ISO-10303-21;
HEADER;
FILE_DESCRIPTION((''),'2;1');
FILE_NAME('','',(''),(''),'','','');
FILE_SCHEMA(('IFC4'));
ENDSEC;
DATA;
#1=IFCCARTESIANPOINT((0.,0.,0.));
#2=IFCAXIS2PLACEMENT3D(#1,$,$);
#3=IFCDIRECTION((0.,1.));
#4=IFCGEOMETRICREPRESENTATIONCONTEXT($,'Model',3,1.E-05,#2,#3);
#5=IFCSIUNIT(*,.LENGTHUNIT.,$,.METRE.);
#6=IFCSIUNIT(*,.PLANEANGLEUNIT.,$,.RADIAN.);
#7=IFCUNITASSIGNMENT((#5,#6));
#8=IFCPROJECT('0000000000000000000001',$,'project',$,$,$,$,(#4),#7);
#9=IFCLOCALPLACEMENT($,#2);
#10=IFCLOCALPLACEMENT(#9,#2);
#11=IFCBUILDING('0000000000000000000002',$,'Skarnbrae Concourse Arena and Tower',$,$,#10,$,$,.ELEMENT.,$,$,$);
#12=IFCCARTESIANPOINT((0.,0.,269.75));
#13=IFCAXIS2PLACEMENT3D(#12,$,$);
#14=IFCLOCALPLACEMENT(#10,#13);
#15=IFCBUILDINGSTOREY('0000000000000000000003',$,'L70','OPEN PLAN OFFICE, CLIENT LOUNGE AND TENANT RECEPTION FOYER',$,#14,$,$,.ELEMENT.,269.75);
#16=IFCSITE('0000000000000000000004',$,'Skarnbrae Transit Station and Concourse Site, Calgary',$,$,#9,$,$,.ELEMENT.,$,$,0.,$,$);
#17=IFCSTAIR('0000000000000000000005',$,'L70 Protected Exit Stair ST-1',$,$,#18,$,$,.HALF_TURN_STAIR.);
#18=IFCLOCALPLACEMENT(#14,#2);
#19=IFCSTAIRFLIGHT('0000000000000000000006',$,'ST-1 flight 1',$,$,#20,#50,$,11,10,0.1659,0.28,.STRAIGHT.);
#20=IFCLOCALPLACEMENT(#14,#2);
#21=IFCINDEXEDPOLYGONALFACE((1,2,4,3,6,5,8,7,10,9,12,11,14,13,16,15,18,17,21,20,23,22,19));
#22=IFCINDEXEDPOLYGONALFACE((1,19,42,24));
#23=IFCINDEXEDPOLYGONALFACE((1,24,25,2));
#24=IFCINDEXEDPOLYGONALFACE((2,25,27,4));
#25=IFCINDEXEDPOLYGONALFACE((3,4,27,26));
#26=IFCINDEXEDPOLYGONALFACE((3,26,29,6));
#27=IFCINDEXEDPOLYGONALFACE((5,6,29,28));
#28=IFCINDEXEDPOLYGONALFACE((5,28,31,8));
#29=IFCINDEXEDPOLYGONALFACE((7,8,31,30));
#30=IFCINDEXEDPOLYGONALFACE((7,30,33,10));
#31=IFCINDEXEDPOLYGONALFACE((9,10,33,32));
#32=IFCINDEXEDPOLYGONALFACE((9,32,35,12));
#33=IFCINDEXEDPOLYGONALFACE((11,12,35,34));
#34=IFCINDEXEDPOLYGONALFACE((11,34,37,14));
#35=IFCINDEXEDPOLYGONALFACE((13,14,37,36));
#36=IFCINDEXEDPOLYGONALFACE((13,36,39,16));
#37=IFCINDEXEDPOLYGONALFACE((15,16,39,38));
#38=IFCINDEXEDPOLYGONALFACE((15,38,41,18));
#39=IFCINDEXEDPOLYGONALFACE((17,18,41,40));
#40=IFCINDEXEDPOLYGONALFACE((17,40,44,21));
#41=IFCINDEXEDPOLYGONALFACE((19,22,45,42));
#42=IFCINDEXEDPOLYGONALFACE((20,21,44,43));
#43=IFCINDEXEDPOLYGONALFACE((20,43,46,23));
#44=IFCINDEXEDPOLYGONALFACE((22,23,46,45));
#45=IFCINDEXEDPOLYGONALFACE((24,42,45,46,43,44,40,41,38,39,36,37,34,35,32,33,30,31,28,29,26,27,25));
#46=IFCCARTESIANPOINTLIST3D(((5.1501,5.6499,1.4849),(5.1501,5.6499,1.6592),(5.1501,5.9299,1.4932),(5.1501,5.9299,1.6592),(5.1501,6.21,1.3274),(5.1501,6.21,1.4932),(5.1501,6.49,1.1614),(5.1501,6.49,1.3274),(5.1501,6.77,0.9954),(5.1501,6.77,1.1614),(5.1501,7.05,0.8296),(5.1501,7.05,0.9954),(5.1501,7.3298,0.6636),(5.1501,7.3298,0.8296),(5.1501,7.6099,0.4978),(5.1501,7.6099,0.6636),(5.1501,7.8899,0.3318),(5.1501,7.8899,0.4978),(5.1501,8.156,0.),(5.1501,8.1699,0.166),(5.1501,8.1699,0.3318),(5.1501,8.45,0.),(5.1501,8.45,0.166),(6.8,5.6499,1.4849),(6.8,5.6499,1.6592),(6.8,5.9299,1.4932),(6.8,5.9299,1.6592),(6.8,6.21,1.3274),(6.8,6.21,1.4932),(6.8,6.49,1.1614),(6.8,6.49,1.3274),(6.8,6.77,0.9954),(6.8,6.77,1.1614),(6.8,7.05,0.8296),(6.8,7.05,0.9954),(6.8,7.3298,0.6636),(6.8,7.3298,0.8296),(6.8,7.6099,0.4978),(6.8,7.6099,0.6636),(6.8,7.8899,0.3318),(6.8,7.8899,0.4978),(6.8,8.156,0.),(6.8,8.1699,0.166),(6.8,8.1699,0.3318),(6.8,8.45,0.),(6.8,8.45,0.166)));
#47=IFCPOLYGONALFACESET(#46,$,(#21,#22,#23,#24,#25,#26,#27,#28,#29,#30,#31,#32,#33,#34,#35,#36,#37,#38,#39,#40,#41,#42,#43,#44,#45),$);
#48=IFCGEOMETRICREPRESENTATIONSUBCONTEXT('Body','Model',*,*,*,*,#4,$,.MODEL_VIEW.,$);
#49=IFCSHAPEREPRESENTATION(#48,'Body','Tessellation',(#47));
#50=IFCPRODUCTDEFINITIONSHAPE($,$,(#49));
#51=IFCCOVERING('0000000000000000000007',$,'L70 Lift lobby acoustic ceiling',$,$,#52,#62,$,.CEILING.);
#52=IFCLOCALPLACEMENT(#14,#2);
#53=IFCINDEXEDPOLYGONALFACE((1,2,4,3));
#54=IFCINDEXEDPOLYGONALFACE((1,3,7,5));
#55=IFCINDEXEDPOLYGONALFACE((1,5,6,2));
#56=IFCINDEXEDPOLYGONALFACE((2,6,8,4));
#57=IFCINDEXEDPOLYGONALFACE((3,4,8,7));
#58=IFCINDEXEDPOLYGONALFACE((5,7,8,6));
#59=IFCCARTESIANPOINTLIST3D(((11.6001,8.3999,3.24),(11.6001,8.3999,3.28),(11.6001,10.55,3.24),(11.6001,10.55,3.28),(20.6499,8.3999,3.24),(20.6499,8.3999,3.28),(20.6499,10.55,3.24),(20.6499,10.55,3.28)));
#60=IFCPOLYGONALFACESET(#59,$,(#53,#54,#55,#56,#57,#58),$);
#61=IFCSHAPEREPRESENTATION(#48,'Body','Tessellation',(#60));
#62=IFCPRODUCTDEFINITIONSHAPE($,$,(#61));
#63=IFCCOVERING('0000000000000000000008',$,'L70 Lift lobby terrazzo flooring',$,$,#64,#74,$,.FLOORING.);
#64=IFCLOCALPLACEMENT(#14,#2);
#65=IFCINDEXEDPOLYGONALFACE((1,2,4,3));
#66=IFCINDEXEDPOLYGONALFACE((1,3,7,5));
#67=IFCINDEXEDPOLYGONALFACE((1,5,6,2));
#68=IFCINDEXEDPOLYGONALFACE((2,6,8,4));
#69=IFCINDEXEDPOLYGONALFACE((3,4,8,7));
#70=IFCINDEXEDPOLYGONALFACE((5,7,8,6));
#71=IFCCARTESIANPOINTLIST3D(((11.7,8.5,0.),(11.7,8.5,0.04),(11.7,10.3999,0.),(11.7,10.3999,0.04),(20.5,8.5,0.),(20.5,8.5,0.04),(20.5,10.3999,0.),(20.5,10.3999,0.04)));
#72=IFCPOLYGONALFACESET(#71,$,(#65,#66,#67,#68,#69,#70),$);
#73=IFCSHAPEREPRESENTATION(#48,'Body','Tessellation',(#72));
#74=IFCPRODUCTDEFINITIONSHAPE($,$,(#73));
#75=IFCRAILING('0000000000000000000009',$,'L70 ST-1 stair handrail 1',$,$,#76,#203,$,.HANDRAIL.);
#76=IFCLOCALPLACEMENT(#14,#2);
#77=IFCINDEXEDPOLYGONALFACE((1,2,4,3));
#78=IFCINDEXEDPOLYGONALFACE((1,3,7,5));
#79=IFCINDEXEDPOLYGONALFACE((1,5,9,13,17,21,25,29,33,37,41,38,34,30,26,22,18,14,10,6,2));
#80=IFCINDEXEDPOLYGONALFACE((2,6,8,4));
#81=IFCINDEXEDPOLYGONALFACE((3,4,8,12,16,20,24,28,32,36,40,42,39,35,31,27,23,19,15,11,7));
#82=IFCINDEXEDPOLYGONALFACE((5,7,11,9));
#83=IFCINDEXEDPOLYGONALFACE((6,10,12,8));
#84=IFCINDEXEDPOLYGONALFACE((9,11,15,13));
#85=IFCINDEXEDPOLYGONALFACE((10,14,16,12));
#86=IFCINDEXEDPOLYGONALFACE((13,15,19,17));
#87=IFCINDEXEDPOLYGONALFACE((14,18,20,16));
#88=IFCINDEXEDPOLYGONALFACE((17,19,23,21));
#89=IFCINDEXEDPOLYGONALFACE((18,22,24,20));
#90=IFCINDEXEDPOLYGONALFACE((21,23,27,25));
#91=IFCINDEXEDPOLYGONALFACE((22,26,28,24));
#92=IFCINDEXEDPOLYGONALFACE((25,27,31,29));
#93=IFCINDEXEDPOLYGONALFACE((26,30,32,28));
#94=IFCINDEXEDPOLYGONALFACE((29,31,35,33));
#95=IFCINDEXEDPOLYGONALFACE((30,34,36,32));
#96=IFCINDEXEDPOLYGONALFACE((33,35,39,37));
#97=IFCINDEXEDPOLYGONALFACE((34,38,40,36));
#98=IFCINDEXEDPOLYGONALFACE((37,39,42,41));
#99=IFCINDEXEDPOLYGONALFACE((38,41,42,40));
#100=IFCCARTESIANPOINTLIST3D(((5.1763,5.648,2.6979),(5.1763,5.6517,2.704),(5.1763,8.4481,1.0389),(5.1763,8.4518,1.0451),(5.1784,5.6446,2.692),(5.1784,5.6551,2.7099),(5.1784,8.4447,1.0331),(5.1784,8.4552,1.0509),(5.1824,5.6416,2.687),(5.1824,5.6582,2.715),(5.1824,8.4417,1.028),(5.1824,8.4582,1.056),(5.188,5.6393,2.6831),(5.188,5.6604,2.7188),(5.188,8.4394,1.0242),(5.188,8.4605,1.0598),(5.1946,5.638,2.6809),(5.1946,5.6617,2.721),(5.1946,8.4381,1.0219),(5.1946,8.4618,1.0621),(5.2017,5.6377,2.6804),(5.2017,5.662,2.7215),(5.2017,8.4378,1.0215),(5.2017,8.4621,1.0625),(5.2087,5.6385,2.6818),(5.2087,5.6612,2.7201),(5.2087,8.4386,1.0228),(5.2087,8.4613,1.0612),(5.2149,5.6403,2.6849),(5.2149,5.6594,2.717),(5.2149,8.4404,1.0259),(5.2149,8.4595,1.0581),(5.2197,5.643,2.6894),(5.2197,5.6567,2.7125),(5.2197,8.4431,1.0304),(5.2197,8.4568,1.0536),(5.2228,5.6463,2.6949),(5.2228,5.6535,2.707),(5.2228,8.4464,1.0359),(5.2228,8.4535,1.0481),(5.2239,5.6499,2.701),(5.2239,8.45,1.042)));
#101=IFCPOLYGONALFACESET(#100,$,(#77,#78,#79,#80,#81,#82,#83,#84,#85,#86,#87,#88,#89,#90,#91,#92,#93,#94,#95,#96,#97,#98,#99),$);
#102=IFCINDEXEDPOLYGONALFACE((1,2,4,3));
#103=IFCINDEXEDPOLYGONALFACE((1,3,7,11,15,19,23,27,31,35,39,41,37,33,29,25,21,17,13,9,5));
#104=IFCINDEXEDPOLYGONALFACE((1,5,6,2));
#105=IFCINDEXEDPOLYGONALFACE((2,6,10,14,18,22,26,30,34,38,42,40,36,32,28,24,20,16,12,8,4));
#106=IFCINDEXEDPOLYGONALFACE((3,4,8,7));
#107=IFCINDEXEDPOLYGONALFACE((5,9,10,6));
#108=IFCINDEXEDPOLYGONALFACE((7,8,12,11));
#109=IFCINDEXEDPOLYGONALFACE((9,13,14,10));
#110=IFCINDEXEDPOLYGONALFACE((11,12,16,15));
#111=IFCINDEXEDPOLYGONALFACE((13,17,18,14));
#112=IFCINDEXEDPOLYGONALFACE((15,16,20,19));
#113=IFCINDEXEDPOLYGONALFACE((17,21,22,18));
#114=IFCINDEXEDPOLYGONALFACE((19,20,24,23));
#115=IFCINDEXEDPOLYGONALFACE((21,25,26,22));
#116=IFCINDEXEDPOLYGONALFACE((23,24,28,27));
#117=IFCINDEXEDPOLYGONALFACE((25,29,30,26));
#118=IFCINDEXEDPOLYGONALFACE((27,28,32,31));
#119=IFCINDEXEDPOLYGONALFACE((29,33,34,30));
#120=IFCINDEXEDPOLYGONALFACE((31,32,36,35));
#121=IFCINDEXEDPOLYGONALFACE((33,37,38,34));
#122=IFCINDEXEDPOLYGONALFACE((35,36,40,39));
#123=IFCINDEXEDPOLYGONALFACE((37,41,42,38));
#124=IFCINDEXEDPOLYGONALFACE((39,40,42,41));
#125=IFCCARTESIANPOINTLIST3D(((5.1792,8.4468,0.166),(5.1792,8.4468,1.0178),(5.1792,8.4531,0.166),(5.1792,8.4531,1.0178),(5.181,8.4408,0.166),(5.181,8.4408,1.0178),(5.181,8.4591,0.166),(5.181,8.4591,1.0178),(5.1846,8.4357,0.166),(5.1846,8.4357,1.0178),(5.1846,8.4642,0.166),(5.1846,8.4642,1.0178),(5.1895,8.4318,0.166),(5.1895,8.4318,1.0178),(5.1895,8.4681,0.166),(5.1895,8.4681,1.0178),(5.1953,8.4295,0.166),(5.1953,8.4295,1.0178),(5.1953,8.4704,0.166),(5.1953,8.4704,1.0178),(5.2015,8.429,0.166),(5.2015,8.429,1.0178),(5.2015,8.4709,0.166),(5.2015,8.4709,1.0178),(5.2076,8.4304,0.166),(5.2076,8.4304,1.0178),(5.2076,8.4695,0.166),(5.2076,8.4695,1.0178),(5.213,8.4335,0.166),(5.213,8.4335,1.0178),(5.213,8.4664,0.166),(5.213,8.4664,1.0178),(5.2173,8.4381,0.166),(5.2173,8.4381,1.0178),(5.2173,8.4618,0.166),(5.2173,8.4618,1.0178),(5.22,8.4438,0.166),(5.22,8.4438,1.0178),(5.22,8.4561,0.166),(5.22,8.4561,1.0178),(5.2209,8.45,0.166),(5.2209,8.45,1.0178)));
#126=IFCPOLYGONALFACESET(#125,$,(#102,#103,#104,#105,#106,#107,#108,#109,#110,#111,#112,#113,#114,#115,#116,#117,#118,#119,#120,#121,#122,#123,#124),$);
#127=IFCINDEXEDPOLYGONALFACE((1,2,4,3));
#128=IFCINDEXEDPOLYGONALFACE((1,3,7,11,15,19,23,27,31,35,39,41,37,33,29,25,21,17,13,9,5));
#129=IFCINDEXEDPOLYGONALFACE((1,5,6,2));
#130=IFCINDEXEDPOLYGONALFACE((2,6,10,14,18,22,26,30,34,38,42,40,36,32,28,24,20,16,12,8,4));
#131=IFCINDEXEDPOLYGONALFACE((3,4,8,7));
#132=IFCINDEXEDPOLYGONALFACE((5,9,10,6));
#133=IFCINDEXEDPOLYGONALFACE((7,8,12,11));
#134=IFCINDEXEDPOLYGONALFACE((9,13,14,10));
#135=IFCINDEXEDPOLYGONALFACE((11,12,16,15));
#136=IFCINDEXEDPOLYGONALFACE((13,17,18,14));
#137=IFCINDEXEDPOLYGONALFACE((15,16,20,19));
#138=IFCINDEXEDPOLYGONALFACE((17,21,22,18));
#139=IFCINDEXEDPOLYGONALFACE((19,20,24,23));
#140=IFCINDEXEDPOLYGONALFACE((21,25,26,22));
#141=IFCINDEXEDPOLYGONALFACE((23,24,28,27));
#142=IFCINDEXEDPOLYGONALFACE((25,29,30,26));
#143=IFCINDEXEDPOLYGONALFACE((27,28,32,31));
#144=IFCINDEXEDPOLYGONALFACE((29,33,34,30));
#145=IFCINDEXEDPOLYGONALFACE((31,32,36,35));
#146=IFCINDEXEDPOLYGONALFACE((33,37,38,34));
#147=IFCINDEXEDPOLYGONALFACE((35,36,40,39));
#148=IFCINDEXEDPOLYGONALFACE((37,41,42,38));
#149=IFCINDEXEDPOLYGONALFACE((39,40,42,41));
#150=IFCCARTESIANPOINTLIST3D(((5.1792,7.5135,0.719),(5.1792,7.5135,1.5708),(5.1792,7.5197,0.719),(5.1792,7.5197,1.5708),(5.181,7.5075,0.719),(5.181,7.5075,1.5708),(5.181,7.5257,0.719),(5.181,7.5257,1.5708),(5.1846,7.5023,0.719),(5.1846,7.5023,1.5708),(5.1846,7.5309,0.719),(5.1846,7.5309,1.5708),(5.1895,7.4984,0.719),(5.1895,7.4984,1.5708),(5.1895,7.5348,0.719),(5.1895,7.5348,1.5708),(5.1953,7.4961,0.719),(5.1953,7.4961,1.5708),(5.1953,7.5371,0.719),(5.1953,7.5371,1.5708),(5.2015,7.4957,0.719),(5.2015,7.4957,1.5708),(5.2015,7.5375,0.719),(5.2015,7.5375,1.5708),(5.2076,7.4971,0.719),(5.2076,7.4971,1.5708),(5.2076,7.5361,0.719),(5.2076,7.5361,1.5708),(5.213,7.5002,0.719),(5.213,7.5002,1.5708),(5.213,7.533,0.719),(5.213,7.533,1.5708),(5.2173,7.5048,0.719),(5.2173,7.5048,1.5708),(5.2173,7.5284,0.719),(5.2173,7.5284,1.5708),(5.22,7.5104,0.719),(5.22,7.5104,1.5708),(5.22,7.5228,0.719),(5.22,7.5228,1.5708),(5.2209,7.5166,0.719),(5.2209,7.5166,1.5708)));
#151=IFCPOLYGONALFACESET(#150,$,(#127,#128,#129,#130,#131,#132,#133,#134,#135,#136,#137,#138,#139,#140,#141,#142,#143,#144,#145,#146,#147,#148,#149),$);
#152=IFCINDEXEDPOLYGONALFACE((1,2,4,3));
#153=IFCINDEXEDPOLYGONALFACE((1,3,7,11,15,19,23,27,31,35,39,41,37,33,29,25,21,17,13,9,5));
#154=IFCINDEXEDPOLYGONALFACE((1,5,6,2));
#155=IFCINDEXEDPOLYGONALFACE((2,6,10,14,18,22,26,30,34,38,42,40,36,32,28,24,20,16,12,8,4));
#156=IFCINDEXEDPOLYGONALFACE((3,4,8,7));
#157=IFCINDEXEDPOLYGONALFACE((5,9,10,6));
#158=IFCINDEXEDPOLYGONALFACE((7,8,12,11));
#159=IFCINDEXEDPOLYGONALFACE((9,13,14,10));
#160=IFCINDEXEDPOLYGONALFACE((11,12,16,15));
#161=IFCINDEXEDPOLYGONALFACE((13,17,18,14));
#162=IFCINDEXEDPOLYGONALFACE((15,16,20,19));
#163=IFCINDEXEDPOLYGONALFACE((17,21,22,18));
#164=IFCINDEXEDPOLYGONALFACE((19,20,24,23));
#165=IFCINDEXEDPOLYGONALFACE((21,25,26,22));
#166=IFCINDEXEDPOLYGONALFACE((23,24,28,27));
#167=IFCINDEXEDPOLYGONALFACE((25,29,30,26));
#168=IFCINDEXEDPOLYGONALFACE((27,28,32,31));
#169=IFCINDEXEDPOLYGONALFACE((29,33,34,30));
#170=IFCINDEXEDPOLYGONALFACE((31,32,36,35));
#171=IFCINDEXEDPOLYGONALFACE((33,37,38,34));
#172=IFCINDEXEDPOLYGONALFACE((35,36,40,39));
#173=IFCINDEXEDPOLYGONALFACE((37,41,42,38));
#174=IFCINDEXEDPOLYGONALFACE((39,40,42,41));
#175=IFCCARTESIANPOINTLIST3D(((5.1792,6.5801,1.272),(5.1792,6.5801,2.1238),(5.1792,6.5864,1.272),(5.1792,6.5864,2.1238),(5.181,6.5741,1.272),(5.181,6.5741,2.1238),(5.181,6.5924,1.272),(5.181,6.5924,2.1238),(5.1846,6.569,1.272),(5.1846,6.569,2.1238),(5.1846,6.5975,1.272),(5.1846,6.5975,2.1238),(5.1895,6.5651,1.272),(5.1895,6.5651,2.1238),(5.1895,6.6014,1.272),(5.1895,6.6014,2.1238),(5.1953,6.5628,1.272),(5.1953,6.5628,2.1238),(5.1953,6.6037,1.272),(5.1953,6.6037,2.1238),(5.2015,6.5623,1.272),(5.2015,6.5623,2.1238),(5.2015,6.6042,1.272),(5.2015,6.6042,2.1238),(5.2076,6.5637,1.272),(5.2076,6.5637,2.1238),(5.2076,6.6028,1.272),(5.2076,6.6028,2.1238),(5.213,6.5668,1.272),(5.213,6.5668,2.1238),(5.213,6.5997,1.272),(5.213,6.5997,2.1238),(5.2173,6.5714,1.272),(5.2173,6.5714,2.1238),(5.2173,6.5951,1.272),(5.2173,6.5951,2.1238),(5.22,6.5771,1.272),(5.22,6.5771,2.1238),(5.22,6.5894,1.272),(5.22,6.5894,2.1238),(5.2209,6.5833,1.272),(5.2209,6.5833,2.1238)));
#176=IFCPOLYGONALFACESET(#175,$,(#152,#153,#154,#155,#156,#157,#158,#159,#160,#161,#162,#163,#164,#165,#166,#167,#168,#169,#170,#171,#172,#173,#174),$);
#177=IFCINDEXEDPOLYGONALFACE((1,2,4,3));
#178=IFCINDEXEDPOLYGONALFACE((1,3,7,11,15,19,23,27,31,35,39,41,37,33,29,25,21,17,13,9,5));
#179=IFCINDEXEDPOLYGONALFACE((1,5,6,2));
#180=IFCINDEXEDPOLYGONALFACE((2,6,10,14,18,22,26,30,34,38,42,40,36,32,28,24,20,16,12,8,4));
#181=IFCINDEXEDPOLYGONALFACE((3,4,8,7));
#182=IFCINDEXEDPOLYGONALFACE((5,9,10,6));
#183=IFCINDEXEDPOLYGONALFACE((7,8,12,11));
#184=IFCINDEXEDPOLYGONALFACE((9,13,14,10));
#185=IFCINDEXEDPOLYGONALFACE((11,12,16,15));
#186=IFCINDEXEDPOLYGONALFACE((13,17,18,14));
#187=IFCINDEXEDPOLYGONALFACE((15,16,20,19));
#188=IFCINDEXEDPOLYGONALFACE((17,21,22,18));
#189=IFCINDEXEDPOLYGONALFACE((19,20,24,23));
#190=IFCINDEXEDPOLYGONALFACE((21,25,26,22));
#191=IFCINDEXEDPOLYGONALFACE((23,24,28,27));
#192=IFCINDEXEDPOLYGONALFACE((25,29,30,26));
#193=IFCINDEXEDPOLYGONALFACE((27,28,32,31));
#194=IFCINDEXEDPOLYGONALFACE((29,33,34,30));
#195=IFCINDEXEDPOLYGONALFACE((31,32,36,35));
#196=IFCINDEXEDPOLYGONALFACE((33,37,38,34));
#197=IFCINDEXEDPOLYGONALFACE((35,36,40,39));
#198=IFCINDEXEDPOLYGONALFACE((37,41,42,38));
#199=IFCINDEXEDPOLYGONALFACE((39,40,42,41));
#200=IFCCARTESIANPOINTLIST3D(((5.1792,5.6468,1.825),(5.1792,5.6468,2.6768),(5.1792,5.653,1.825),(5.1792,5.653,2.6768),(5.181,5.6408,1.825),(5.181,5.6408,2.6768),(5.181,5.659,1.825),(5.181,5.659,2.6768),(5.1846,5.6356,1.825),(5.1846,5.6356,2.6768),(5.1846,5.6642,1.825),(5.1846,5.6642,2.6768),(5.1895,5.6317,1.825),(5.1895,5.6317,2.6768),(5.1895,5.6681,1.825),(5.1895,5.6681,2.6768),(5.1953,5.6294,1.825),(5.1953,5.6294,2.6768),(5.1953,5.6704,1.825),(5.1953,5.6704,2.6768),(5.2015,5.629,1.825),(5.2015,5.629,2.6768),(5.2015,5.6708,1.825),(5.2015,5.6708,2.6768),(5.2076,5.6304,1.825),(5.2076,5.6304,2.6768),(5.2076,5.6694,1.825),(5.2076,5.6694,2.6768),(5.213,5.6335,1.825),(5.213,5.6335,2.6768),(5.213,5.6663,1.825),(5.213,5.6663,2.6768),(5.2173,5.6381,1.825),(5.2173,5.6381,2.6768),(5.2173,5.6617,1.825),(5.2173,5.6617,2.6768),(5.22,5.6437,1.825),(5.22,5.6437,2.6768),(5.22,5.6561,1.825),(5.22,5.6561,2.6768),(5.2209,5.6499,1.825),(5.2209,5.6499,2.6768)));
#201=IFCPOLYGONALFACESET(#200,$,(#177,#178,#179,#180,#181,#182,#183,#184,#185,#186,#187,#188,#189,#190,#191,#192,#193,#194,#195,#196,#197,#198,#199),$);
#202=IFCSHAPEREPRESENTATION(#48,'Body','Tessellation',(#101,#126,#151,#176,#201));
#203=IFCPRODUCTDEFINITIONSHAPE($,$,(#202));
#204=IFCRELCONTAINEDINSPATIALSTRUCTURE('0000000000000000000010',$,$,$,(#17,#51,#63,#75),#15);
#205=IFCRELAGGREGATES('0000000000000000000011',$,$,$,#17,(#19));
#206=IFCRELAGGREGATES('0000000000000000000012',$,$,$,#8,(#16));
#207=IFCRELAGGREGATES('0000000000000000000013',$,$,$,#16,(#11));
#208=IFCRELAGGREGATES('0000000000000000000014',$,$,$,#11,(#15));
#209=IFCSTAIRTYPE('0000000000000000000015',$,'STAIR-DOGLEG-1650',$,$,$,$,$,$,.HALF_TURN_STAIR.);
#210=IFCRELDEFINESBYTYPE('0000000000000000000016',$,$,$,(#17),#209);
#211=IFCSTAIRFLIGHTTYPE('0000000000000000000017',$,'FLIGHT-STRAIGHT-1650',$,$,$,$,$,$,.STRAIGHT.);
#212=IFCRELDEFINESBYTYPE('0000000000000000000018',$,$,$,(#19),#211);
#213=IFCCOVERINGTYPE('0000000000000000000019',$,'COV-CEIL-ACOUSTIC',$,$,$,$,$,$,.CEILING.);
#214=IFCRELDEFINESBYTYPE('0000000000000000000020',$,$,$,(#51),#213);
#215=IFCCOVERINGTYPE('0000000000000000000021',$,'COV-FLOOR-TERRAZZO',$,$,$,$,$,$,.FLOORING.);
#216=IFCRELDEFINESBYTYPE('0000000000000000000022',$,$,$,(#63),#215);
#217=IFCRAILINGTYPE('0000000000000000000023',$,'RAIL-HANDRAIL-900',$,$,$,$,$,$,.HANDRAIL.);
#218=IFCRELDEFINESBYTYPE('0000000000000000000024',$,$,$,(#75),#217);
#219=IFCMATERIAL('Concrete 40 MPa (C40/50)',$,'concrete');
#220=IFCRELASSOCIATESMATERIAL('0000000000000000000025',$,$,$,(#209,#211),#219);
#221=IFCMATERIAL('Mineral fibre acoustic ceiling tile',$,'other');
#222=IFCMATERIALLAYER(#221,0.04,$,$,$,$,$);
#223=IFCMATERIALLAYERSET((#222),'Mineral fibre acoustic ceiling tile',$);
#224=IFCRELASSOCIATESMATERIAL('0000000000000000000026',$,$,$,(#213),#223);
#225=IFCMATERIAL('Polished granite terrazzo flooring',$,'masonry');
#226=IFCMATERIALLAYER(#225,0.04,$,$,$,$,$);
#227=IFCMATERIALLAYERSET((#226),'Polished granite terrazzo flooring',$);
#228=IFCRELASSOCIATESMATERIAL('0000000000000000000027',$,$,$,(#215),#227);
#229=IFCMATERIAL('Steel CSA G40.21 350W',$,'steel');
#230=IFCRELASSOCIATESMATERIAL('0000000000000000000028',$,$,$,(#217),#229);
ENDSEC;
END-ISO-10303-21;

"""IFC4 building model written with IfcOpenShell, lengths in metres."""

from ifc_helpers import new_model, si_unit, direction, frame, origin, origin_2d, place, context, subcontext, project, spatial, polyline, circle, outline, extrude, source, transform, mapped, material, layer, layer_set, type_object, element, aggregate, save


model = new_model("IFC4")

# Units and contexts
model_context = context("Model", 3, precision=1e-05, world=origin(), true_north=direction((0.0, 1.0)))
body_context = subcontext(model_context, "Body", "Model", "MODEL_VIEW")
ifc_project = project(units=[si_unit("LENGTHUNIT", "METRE"), si_unit("PLANEANGLEUNIT", "RADIAN")], contexts=[model_context])

# Site, building, storey
site_placement = place(None, origin())
site = spatial("IfcSite", under=ifc_project, at=site_placement, Name="Skarnbrae Transit Station and Concourse Site, Calgary", CompositionType="ELEMENT", RefElevation=0.0)
building_placement = place(site_placement, origin())
building = spatial("IfcBuilding", under=site, at=building_placement, Name="Skarnbrae Concourse Arena and Tower", CompositionType="ELEMENT")
storey_placement = place(building_placement, frame((0.0, 0.0, 269.75)))
storey = spatial("IfcBuildingStorey", under=building, at=storey_placement, Name="L70", Description="OPEN PLAN OFFICE, CLIENT LOUNGE AND TENANT RECEPTION FOYER", CompositionType="ELEMENT", Elevation=269.75)

# Shared definitions
ifc_material_1 = material(Name="Steel CSA G40.21 350W", Category="steel")

# Stair
ifc_material_2 = material(Name="Concrete 40 MPa (C40/50)", Category="concrete")
stair_type = type_object("IfcStairType", Name="STAIR-DOGLEG-1650", PredefinedType="HALF_TURN_STAIR", material=ifc_material_2)
stair_1_placement = place(storey_placement, origin())
stair_1 = element("IfcStair", 1, at=stair_1_placement, inside=storey, type_object=stair_type, Name="L70 Protected Exit Stair ST-1", PredefinedType="HALF_TURN_STAIR")

# Stair flight
stair_flight_type = type_object("IfcStairFlightType", Name="FLIGHT-STRAIGHT-1650", PredefinedType="STRAIGHT", material=ifc_material_2)
shared_shape_1 = source(origin(), body_context, "Body", "SweptSolid", [
    extrude(outline(polyline([(0.0, 0.0), (0.0, 0.166), (0.28, 0.166), (0.28, 0.3318), (0.5601, 0.3318), (0.5601, 0.4978), (0.8401, 0.4978), (0.8401, 0.6636), (1.1201, 0.6636), (1.1201, 0.8296), (1.3999, 0.8296), (1.3999, 0.9954), (1.6799, 0.9954), (1.6799, 1.1614), (1.96, 1.1614), (1.96, 1.3274), (2.24, 1.3274), (2.24, 1.4932), (2.52, 1.4932), (2.52, 1.6592), (2.8, 1.6592), (2.8, 1.825), (2.8, 1.4849), (0.2939, 0.0), (0.0, 0.0)])), frame((0.0, 0.825, 0.0), z_axis=(0.0, -1.0, 0.0), x_axis=(1.0, 0.0, 0.0)), (0.0, 0.0, 1.0), 1.6499),
])
stair_flight_placement = place(storey_placement, frame((5.9751, 8.45, 0.0), z_axis=(0.0, 0.0, 1.0), x_axis=(0.0, -1.0, 0.0)))
stair_flight = element("IfcStairFlight", 2, at=stair_flight_placement, type_object=stair_flight_type, Name="ST-1 flight 1", NumberOfRisers=11, NumberOfTreads=10, PredefinedType="STRAIGHT", RiserHeight=0.1659, TreadLength=0.28, context=body_context, shape_type="MappedRepresentation", body=[
    mapped(shared_shape_1, transform((0.0, 0.0, 0.0))),
])
aggregate(stair_1, [stair_flight])

# Coverings
ifc_material_3 = material(Name="Mineral fibre acoustic ceiling tile", Category="other")
ifc_layer_1 = layer(ifc_material_3, 0.04)
ifc_layer_set_1 = layer_set([ifc_layer_1], Name="Mineral fibre acoustic ceiling tile")
covering_type_1 = type_object("IfcCoveringType", Name="COV-CEIL-ACOUSTIC", PredefinedType="CEILING", material=ifc_layer_set_1)
covering_1_placement = place(storey_placement, frame((0.0, 0.0, 3.24)))
element("IfcCovering", 3, at=covering_1_placement, inside=storey, type_object=covering_type_1, Name="L70 Lift lobby acoustic ceiling", PredefinedType="CEILING", context=body_context, shape_type="SweptSolid", body=[
    extrude(outline(polyline([(11.6001, 8.3999), (20.6499, 8.3999), (20.6499, 10.55), (11.6001, 10.55), (11.6001, 8.3999)])), origin(), (0.0, 0.0, 1.0), 0.04),
])
ifc_material_4 = material(Name="Polished granite terrazzo flooring", Category="masonry")
ifc_layer_2 = layer(ifc_material_4, 0.04)
ifc_layer_set_2 = layer_set([ifc_layer_2], Name="Polished granite terrazzo flooring")
covering_type_2 = type_object("IfcCoveringType", Name="COV-FLOOR-TERRAZZO", PredefinedType="FLOORING", material=ifc_layer_set_2)
covering_2_placement = place(storey_placement, origin())
element("IfcCovering", 4, at=covering_2_placement, inside=storey, type_object=covering_type_2, Name="L70 Lift lobby terrazzo flooring", PredefinedType="FLOORING", context=body_context, shape_type="SweptSolid", body=[
    extrude(outline(polyline([(11.7, 8.5), (20.5, 8.5), (20.5, 10.3999), (11.7, 10.3999), (11.7, 8.5)])), origin(), (0.0, 0.0, 1.0), 0.04),
])

# Railing
railing_type = type_object("IfcRailingType", Name="RAIL-HANDRAIL-900", PredefinedType="HANDRAIL", material=ifc_material_1)
railing_placement = place(storey_placement, frame((5.2, 8.45, 0.166)))
element("IfcRailing", 5, at=railing_placement, inside=storey, type_object=railing_type, Name="L70 ST-1 stair handrail 1", PredefinedType="HANDRAIL", context=body_context, shape_type="SweptSolid", body=[
    extrude(circle(Radius=0.0239, at=origin_2d()), frame((0.0, 0.0, 0.876), z_axis=(0.0, -0.860339, 0.509722), x_axis=(1.0, 0.0, 0.0)), (0.0, 0.0, 1.0), 3.2546),
    extrude(circle(Radius=0.021, at=origin_2d()), origin(), (0.0, 0.0, 1.0), 0.8518),
    extrude(circle(Radius=0.021, at=origin_2d()), frame((0.0, -0.9333, 0.553)), (0.0, 0.0, 1.0), 0.8518),
    extrude(circle(Radius=0.021, at=origin_2d()), frame((0.0, -1.8667, 1.106)), (0.0, 0.0, 1.0), 0.8518),
    extrude(circle(Radius=0.021, at=origin_2d()), frame((0.0, -2.8, 1.6589)), (0.0, 0.0, 1.0), 0.8518),
])

save(model, "model.ifc")
